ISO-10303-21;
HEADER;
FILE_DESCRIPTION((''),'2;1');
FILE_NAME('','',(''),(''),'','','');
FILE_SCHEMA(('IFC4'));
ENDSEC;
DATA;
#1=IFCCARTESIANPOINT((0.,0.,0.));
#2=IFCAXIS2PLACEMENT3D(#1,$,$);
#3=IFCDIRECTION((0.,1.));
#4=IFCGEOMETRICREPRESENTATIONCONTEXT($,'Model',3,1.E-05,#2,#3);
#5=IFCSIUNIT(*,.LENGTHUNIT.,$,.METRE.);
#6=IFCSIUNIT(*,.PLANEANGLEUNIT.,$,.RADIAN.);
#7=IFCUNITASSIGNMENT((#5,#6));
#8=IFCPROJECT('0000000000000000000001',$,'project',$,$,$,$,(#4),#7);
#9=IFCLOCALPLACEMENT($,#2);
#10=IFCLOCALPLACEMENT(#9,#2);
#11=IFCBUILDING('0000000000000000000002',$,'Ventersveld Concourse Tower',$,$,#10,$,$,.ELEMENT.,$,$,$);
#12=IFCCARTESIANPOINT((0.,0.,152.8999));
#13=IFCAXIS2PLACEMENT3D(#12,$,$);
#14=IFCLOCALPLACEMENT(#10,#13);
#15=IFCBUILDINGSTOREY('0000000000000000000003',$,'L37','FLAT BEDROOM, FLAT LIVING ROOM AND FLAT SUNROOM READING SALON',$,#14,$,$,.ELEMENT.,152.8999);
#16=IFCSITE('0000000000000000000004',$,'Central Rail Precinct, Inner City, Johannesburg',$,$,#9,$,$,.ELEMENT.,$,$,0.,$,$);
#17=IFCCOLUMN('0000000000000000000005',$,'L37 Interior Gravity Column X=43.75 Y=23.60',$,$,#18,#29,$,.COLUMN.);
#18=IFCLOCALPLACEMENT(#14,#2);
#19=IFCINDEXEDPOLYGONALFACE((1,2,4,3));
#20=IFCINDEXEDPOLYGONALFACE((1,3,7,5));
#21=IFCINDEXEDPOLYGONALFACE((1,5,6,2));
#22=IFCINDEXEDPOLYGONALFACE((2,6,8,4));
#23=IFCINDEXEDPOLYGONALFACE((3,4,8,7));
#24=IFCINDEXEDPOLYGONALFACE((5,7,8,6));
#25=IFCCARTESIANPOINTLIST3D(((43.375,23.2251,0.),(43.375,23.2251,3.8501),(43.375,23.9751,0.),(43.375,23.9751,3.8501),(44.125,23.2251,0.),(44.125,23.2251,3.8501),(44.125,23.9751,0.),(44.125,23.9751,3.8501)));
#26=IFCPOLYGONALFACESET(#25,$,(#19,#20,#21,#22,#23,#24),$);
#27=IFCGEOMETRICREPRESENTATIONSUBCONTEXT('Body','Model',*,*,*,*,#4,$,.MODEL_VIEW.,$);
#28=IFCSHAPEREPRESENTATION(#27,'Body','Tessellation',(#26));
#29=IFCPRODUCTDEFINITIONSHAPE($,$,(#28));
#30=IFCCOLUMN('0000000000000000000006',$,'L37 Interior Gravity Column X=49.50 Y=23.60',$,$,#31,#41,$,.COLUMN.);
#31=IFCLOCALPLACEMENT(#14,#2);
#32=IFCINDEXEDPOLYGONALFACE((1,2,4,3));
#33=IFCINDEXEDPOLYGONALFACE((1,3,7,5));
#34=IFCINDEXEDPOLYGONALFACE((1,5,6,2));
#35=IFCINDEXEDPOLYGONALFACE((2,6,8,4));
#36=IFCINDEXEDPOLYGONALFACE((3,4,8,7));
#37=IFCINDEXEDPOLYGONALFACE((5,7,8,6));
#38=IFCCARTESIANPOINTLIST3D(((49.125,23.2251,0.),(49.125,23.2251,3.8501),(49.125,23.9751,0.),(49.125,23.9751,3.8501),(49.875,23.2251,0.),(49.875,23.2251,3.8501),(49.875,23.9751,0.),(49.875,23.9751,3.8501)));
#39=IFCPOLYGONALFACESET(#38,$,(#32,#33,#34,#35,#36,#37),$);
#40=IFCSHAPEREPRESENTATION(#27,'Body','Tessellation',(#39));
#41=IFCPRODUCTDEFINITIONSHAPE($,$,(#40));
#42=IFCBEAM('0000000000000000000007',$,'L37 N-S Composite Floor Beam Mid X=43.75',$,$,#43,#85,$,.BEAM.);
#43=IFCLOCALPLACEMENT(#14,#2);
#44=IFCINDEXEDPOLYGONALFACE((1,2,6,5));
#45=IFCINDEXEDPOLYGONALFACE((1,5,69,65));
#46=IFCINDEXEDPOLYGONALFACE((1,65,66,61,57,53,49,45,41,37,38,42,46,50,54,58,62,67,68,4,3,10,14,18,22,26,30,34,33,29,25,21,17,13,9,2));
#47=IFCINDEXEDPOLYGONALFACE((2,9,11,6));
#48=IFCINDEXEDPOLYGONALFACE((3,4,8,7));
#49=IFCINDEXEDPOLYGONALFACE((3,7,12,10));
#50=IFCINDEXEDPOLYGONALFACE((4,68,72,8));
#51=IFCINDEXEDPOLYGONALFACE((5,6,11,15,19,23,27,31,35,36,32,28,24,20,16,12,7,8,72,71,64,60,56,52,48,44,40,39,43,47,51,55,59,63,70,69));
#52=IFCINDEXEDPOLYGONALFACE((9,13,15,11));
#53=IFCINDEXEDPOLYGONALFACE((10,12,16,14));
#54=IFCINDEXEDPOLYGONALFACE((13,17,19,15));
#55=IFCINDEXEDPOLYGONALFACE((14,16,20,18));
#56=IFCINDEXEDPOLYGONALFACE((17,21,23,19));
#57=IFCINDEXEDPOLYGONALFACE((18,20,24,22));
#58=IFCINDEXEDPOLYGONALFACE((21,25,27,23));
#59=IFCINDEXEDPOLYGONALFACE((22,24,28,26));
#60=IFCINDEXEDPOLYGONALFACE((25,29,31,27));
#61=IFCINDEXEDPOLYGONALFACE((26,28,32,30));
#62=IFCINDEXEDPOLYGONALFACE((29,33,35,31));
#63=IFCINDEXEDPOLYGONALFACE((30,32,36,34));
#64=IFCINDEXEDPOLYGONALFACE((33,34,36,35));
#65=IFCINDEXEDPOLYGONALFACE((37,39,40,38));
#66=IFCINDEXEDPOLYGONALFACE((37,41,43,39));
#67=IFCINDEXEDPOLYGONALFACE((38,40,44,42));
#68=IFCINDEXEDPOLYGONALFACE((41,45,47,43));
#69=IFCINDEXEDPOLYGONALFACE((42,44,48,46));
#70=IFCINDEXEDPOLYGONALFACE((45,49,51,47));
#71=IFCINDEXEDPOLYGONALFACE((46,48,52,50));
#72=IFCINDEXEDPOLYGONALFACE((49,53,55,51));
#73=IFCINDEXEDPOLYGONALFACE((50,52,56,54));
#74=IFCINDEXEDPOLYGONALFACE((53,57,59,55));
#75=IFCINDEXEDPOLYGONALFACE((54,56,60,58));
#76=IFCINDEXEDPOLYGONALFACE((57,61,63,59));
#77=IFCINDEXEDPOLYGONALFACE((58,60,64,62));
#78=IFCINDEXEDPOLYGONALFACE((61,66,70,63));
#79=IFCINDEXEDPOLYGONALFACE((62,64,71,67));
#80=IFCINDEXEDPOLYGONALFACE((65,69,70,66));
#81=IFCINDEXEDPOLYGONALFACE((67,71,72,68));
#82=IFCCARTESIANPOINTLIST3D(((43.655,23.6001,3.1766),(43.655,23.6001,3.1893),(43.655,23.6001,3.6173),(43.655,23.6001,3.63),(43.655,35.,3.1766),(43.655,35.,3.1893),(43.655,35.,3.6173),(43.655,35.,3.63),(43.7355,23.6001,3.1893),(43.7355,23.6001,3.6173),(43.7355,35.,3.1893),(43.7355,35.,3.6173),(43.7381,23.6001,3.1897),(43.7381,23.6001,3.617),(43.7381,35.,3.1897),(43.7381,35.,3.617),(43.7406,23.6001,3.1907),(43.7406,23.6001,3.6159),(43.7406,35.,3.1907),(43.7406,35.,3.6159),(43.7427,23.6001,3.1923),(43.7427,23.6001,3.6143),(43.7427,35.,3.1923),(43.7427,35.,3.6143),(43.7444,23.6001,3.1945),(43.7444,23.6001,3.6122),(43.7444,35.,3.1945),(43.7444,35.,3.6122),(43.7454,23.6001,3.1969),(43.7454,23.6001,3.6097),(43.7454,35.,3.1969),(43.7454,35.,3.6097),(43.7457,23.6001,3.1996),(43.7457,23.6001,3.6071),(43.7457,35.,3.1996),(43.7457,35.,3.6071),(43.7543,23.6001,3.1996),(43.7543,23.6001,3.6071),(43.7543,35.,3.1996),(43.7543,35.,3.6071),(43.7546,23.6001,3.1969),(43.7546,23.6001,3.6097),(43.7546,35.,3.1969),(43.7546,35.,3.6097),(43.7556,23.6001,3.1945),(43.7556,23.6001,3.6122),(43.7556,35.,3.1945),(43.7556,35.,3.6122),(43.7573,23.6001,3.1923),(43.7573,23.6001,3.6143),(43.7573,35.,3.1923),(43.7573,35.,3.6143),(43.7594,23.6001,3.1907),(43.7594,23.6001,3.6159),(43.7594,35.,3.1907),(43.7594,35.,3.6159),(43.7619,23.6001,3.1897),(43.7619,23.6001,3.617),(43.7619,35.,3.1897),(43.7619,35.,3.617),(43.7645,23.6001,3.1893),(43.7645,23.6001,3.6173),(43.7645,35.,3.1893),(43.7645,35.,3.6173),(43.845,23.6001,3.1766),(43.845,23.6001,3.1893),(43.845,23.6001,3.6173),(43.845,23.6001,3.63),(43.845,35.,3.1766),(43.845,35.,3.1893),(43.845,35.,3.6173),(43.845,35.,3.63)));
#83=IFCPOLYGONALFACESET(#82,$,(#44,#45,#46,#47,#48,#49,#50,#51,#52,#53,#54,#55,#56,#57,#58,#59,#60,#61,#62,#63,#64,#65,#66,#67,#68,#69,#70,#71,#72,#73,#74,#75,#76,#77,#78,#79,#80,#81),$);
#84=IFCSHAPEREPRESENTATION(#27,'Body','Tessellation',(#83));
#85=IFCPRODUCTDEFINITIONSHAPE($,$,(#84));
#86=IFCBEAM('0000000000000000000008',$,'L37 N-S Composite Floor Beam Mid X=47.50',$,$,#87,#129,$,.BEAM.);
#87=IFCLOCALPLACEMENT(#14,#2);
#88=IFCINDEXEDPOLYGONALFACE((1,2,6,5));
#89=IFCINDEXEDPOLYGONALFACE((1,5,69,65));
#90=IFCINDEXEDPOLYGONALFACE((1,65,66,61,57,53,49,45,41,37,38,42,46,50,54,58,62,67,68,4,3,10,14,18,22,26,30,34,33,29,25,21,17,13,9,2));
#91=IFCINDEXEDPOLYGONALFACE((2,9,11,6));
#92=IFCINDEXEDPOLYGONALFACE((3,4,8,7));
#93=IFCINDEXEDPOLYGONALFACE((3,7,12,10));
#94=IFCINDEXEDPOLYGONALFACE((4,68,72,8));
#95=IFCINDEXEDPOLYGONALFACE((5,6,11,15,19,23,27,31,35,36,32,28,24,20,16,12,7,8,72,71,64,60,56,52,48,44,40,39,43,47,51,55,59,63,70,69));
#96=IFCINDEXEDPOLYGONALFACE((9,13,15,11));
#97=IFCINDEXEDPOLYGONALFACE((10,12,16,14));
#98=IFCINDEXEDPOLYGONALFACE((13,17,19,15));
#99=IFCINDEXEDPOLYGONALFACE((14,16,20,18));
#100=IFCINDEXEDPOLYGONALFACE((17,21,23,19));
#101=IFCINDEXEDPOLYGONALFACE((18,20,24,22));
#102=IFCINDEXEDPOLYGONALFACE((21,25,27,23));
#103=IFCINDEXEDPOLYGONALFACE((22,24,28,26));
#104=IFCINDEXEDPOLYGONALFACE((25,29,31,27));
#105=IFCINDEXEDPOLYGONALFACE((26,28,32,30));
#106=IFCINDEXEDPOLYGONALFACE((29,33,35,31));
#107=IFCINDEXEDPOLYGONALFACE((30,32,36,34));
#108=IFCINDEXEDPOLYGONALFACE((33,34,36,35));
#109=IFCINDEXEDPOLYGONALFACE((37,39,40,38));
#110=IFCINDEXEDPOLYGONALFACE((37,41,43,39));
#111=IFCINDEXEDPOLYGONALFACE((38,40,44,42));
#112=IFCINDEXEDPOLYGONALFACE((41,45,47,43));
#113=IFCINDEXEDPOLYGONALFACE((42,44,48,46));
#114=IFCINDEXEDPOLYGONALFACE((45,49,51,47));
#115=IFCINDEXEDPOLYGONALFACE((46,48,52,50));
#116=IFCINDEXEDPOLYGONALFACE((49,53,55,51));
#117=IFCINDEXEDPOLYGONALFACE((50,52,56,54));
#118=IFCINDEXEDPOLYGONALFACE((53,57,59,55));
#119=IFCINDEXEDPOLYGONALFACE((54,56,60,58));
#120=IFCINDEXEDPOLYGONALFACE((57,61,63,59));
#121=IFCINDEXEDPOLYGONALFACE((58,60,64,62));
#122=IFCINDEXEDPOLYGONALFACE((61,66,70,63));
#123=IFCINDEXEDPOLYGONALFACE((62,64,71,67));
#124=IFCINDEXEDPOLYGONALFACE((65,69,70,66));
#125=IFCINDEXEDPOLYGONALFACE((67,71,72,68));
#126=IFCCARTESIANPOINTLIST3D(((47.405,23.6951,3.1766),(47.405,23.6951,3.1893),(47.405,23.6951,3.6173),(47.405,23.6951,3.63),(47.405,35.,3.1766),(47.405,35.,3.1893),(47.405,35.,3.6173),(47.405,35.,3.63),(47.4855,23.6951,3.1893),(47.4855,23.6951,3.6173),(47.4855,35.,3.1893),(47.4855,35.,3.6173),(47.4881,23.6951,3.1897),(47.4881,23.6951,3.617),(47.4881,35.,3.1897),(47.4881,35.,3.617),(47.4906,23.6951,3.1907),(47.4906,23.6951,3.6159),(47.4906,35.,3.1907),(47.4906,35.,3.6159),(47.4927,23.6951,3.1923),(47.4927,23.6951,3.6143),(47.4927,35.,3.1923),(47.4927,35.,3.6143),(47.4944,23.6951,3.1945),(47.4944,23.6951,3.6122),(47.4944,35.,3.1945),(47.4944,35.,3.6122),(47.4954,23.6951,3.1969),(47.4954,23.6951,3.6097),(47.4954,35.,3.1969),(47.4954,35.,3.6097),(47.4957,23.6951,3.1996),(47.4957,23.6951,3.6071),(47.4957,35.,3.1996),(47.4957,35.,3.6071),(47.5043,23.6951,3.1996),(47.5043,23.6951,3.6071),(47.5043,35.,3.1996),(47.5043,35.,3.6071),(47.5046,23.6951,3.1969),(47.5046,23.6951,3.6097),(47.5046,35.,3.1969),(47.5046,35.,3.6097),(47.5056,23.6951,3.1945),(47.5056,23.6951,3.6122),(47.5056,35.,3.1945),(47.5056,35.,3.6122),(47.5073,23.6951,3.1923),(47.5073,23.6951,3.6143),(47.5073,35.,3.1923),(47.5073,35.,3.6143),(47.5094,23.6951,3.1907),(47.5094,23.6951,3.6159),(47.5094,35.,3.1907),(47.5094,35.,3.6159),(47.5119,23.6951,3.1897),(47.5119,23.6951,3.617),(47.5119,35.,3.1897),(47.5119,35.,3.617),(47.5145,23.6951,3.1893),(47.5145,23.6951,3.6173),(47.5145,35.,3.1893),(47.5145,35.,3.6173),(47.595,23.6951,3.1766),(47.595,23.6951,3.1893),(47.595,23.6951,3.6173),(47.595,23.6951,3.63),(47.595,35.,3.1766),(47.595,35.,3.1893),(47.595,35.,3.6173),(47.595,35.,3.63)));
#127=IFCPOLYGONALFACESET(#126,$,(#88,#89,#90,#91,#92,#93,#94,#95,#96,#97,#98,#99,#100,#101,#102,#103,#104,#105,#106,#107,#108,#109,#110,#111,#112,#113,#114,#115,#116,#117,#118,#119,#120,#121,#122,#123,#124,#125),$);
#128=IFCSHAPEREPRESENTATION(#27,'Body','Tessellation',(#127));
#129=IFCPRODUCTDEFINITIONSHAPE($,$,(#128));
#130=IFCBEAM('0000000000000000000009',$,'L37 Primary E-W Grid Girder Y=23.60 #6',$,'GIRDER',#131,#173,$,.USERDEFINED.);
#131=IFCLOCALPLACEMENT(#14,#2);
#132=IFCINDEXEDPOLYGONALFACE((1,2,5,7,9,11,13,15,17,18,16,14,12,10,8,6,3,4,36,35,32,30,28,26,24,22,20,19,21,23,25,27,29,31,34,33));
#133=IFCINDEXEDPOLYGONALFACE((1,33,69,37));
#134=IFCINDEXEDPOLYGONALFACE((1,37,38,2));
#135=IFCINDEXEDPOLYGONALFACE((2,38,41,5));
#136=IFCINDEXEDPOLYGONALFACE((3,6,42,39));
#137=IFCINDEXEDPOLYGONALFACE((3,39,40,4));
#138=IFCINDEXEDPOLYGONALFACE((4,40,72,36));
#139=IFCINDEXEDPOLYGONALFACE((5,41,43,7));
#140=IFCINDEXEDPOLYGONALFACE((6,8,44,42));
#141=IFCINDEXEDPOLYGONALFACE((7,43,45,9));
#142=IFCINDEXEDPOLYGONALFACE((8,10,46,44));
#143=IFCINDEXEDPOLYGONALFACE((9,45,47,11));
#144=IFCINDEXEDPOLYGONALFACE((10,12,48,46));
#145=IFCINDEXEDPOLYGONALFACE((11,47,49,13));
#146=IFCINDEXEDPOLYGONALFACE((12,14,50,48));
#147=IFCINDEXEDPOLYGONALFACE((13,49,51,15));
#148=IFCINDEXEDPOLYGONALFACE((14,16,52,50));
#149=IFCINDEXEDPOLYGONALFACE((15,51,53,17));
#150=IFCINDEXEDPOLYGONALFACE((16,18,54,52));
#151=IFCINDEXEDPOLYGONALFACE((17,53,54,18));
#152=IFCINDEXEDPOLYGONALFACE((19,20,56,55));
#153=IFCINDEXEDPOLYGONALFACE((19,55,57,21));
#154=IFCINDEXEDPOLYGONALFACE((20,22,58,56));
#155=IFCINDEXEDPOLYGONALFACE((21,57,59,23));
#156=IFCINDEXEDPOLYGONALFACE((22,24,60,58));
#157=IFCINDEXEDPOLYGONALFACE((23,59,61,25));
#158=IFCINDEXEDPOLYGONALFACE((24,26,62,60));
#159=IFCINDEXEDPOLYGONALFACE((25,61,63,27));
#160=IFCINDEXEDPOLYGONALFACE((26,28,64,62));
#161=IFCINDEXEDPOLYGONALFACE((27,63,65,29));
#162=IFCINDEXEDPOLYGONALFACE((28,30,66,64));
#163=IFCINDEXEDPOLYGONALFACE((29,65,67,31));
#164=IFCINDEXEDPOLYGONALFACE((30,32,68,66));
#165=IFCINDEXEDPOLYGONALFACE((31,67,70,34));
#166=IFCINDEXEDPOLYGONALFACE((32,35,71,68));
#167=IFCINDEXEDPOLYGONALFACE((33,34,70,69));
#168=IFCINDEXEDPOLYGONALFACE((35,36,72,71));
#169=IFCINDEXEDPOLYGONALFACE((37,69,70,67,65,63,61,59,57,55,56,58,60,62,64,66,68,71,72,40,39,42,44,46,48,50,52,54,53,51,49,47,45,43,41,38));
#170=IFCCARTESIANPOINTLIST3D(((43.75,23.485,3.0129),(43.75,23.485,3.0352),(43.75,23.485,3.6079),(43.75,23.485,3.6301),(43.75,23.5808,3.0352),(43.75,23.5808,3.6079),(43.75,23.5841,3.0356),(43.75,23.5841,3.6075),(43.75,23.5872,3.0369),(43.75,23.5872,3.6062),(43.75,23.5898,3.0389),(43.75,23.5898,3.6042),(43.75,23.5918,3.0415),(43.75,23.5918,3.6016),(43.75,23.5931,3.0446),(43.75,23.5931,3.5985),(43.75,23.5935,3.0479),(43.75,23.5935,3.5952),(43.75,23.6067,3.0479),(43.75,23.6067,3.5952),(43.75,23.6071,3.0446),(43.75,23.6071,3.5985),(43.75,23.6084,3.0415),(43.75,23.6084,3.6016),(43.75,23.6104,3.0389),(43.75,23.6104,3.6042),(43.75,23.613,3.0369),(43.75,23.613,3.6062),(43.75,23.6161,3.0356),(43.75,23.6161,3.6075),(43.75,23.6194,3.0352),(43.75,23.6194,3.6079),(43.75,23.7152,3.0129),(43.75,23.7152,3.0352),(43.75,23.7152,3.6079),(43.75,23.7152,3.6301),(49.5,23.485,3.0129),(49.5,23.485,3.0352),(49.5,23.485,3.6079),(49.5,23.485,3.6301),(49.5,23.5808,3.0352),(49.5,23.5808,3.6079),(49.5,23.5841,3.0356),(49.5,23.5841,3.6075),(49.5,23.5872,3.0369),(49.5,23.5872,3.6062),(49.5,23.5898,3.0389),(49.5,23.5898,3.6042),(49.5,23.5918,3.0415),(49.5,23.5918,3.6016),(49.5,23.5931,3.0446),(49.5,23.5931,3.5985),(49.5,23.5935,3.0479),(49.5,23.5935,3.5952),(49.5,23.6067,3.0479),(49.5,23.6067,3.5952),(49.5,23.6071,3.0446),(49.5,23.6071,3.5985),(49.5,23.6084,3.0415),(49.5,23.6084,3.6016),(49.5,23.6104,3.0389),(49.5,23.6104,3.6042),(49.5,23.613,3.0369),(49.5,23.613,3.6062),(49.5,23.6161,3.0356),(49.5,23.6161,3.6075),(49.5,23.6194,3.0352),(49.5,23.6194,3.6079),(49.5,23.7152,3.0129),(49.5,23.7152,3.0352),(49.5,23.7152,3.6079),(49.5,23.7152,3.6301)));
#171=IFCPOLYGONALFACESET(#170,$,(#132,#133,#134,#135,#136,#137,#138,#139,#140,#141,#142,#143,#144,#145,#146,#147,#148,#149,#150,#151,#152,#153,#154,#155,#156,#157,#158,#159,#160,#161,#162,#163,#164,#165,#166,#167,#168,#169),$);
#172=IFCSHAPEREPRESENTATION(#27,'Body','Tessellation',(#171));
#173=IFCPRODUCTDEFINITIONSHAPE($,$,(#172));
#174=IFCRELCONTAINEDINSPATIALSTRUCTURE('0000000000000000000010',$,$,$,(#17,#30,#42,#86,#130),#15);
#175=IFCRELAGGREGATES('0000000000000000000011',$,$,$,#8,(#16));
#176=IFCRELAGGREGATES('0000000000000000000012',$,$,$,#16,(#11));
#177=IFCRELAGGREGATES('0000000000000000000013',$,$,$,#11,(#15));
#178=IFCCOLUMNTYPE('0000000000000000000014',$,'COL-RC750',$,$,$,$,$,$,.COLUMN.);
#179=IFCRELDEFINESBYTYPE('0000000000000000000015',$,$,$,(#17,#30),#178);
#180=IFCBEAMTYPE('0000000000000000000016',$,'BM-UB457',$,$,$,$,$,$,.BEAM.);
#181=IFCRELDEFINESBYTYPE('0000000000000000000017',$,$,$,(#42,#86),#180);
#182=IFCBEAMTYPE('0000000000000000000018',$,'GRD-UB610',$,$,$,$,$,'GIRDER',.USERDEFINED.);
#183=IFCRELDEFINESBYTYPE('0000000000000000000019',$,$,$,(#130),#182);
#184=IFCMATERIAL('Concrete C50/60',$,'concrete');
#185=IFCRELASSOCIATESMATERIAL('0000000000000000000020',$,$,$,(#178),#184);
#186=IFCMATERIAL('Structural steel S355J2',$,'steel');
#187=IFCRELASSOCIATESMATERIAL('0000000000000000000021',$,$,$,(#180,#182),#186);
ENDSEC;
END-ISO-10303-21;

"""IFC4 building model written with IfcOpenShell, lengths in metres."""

from ifc_helpers import new_model, si_unit, direction, frame, origin, origin_2d, place, context, subcontext, project, spatial, rectangle, i_section, extrude, material, material_profile, profile_set, type_object, element, save


model = new_model("IFC4")

# Units and contexts
model_context = context("Model", 3, precision=1e-05, world=origin(), true_north=direction((0.0, 1.0)))
body_context = subcontext(model_context, "Body", "Model", "MODEL_VIEW")
ifc_project = project(units=[si_unit("LENGTHUNIT", "METRE"), si_unit("PLANEANGLEUNIT", "RADIAN")], contexts=[model_context])

# Site, building, storey
site_placement = place(None, origin())
site = spatial("IfcSite", under=ifc_project, at=site_placement, Name="Central Rail Precinct, Inner City, Johannesburg", CompositionType="ELEMENT", RefElevation=0.0)
building_placement = place(site_placement, origin())
building = spatial("IfcBuilding", under=site, at=building_placement, Name="Ventersveld Concourse Tower", CompositionType="ELEMENT")
storey_placement = place(building_placement, frame((0.0, 0.0, 152.8999)))
storey = spatial("IfcBuildingStorey", under=building, at=storey_placement, Name="L37", Description="FLAT BEDROOM, FLAT LIVING ROOM AND FLAT SUNROOM READING SALON", CompositionType="ELEMENT", Elevation=152.8999)

# Columns
ifc_material_1 = material(Name="Concrete C50/60", Category="concrete")
ifc_material_profile_1 = material_profile(ifc_material_1, rectangle(XDim=0.75, YDim=0.75, at=origin_2d()), Name="RC 750x750")
ifc_profile_set_1 = profile_set([ifc_material_profile_1], Name="Concrete C50/60")
column_type = type_object("IfcColumnType", Name="COL-RC750", PredefinedType="COLUMN", material=ifc_profile_set_1)
for number, where, z_axis, x_axis, name in (
    (1, (43.75, 23.6001, 0.0), (0.0, 0.0, 1.0), (1.0, 0.0, 0.0), "L37 Interior Gravity Column X=43.75 Y=23.60"),
    (2, (49.5, 23.6001, 0.0), (0.0, 0.0, 1.0), (1.0, 0.0, 0.0), "L37 Interior Gravity Column X=49.50 Y=23.60"),
):
    element("IfcColumn", number, at=place(storey_placement, frame(where, z_axis=z_axis, x_axis=x_axis)), inside=storey, type_object=column_type, Name=name, PredefinedType="COLUMN", context=body_context, shape_type="SweptSolid", body=[
        extrude(rectangle(XDim=0.75, YDim=0.75, at=origin_2d()), origin(), (0.0, 0.0, 1.0), 3.8501),
    ])

# Beams
ifc_material_2 = material(Name="Structural steel S355J2", Category="steel")
ifc_material_profile_2 = material_profile(ifc_material_2, i_section(OverallWidth=0.1899, OverallDepth=0.4534, WebThickness=0.0085, FlangeThickness=0.0127, FilletRadius=0.0103, at=origin_2d()), Name="UB 457x191x67")
ifc_profile_set_2 = profile_set([ifc_material_profile_2], Name="Structural steel S355J2")
beam_type_1 = type_object("IfcBeamType", Name="BM-UB457", PredefinedType="BEAM", material=ifc_profile_set_2)
beam_1_placement = place(storey_placement, frame((43.75, 23.6001, 3.4033), z_axis=(0.0, 1.0, 0.0), x_axis=(-1.0, 0.0, 0.0)))
element("IfcBeam", 3, at=beam_1_placement, inside=storey, type_object=beam_type_1, Name="L37 N-S Composite Floor Beam Mid X=43.75", PredefinedType="BEAM", context=body_context, shape_type="SweptSolid", body=[
    extrude(i_section(OverallWidth=0.1899, OverallDepth=0.4534, WebThickness=0.0085, FlangeThickness=0.0127, FilletRadius=0.0103, at=origin_2d()), origin(), (0.0, 0.0, 1.0), 11.3999),
])
beam_2_placement = place(storey_placement, frame((47.5, 23.6951, 3.4033), z_axis=(0.0, 1.0, 0.0), x_axis=(-1.0, 0.0, 0.0)))
element("IfcBeam", 4, at=beam_2_placement, inside=storey, type_object=beam_type_1, Name="L37 N-S Composite Floor Beam Mid X=47.50", PredefinedType="BEAM", context=body_context, shape_type="SweptSolid", body=[
    extrude(i_section(OverallWidth=0.1899, OverallDepth=0.4534, WebThickness=0.0085, FlangeThickness=0.0127, FilletRadius=0.0103, at=origin_2d()), origin(), (0.0, 0.0, 1.0), 11.3049),
])
ifc_material_profile_3 = material_profile(ifc_material_2, i_section(OverallWidth=0.2302, OverallDepth=0.6172, WebThickness=0.0132, FlangeThickness=0.0222, FilletRadius=0.0127, at=origin_2d()), Name="UB 610x229x140")
ifc_profile_set_3 = profile_set([ifc_material_profile_3], Name="Structural steel S355J2")
beam_type_2 = type_object("IfcBeamType", Name="GRD-UB610", ElementType="GIRDER", PredefinedType="USERDEFINED", material=ifc_profile_set_3)
beam_3_placement = place(storey_placement, frame((43.75, 23.6001, 3.3215), z_axis=(1.0, 0.0, 0.0), x_axis=(0.0, 1.0, 0.0)))
element("IfcBeam", 5, at=beam_3_placement, inside=storey, type_object=beam_type_2, Name="L37 Primary E-W Grid Girder Y=23.60 #6", ObjectType="GIRDER", PredefinedType="USERDEFINED", context=body_context, shape_type="SweptSolid", body=[
    extrude(i_section(OverallWidth=0.2302, OverallDepth=0.6172, WebThickness=0.0132, FlangeThickness=0.0222, FilletRadius=0.0127, at=origin_2d()), origin(), (0.0, 0.0, 1.0), 5.75),
])

save(model, "model.ifc")
